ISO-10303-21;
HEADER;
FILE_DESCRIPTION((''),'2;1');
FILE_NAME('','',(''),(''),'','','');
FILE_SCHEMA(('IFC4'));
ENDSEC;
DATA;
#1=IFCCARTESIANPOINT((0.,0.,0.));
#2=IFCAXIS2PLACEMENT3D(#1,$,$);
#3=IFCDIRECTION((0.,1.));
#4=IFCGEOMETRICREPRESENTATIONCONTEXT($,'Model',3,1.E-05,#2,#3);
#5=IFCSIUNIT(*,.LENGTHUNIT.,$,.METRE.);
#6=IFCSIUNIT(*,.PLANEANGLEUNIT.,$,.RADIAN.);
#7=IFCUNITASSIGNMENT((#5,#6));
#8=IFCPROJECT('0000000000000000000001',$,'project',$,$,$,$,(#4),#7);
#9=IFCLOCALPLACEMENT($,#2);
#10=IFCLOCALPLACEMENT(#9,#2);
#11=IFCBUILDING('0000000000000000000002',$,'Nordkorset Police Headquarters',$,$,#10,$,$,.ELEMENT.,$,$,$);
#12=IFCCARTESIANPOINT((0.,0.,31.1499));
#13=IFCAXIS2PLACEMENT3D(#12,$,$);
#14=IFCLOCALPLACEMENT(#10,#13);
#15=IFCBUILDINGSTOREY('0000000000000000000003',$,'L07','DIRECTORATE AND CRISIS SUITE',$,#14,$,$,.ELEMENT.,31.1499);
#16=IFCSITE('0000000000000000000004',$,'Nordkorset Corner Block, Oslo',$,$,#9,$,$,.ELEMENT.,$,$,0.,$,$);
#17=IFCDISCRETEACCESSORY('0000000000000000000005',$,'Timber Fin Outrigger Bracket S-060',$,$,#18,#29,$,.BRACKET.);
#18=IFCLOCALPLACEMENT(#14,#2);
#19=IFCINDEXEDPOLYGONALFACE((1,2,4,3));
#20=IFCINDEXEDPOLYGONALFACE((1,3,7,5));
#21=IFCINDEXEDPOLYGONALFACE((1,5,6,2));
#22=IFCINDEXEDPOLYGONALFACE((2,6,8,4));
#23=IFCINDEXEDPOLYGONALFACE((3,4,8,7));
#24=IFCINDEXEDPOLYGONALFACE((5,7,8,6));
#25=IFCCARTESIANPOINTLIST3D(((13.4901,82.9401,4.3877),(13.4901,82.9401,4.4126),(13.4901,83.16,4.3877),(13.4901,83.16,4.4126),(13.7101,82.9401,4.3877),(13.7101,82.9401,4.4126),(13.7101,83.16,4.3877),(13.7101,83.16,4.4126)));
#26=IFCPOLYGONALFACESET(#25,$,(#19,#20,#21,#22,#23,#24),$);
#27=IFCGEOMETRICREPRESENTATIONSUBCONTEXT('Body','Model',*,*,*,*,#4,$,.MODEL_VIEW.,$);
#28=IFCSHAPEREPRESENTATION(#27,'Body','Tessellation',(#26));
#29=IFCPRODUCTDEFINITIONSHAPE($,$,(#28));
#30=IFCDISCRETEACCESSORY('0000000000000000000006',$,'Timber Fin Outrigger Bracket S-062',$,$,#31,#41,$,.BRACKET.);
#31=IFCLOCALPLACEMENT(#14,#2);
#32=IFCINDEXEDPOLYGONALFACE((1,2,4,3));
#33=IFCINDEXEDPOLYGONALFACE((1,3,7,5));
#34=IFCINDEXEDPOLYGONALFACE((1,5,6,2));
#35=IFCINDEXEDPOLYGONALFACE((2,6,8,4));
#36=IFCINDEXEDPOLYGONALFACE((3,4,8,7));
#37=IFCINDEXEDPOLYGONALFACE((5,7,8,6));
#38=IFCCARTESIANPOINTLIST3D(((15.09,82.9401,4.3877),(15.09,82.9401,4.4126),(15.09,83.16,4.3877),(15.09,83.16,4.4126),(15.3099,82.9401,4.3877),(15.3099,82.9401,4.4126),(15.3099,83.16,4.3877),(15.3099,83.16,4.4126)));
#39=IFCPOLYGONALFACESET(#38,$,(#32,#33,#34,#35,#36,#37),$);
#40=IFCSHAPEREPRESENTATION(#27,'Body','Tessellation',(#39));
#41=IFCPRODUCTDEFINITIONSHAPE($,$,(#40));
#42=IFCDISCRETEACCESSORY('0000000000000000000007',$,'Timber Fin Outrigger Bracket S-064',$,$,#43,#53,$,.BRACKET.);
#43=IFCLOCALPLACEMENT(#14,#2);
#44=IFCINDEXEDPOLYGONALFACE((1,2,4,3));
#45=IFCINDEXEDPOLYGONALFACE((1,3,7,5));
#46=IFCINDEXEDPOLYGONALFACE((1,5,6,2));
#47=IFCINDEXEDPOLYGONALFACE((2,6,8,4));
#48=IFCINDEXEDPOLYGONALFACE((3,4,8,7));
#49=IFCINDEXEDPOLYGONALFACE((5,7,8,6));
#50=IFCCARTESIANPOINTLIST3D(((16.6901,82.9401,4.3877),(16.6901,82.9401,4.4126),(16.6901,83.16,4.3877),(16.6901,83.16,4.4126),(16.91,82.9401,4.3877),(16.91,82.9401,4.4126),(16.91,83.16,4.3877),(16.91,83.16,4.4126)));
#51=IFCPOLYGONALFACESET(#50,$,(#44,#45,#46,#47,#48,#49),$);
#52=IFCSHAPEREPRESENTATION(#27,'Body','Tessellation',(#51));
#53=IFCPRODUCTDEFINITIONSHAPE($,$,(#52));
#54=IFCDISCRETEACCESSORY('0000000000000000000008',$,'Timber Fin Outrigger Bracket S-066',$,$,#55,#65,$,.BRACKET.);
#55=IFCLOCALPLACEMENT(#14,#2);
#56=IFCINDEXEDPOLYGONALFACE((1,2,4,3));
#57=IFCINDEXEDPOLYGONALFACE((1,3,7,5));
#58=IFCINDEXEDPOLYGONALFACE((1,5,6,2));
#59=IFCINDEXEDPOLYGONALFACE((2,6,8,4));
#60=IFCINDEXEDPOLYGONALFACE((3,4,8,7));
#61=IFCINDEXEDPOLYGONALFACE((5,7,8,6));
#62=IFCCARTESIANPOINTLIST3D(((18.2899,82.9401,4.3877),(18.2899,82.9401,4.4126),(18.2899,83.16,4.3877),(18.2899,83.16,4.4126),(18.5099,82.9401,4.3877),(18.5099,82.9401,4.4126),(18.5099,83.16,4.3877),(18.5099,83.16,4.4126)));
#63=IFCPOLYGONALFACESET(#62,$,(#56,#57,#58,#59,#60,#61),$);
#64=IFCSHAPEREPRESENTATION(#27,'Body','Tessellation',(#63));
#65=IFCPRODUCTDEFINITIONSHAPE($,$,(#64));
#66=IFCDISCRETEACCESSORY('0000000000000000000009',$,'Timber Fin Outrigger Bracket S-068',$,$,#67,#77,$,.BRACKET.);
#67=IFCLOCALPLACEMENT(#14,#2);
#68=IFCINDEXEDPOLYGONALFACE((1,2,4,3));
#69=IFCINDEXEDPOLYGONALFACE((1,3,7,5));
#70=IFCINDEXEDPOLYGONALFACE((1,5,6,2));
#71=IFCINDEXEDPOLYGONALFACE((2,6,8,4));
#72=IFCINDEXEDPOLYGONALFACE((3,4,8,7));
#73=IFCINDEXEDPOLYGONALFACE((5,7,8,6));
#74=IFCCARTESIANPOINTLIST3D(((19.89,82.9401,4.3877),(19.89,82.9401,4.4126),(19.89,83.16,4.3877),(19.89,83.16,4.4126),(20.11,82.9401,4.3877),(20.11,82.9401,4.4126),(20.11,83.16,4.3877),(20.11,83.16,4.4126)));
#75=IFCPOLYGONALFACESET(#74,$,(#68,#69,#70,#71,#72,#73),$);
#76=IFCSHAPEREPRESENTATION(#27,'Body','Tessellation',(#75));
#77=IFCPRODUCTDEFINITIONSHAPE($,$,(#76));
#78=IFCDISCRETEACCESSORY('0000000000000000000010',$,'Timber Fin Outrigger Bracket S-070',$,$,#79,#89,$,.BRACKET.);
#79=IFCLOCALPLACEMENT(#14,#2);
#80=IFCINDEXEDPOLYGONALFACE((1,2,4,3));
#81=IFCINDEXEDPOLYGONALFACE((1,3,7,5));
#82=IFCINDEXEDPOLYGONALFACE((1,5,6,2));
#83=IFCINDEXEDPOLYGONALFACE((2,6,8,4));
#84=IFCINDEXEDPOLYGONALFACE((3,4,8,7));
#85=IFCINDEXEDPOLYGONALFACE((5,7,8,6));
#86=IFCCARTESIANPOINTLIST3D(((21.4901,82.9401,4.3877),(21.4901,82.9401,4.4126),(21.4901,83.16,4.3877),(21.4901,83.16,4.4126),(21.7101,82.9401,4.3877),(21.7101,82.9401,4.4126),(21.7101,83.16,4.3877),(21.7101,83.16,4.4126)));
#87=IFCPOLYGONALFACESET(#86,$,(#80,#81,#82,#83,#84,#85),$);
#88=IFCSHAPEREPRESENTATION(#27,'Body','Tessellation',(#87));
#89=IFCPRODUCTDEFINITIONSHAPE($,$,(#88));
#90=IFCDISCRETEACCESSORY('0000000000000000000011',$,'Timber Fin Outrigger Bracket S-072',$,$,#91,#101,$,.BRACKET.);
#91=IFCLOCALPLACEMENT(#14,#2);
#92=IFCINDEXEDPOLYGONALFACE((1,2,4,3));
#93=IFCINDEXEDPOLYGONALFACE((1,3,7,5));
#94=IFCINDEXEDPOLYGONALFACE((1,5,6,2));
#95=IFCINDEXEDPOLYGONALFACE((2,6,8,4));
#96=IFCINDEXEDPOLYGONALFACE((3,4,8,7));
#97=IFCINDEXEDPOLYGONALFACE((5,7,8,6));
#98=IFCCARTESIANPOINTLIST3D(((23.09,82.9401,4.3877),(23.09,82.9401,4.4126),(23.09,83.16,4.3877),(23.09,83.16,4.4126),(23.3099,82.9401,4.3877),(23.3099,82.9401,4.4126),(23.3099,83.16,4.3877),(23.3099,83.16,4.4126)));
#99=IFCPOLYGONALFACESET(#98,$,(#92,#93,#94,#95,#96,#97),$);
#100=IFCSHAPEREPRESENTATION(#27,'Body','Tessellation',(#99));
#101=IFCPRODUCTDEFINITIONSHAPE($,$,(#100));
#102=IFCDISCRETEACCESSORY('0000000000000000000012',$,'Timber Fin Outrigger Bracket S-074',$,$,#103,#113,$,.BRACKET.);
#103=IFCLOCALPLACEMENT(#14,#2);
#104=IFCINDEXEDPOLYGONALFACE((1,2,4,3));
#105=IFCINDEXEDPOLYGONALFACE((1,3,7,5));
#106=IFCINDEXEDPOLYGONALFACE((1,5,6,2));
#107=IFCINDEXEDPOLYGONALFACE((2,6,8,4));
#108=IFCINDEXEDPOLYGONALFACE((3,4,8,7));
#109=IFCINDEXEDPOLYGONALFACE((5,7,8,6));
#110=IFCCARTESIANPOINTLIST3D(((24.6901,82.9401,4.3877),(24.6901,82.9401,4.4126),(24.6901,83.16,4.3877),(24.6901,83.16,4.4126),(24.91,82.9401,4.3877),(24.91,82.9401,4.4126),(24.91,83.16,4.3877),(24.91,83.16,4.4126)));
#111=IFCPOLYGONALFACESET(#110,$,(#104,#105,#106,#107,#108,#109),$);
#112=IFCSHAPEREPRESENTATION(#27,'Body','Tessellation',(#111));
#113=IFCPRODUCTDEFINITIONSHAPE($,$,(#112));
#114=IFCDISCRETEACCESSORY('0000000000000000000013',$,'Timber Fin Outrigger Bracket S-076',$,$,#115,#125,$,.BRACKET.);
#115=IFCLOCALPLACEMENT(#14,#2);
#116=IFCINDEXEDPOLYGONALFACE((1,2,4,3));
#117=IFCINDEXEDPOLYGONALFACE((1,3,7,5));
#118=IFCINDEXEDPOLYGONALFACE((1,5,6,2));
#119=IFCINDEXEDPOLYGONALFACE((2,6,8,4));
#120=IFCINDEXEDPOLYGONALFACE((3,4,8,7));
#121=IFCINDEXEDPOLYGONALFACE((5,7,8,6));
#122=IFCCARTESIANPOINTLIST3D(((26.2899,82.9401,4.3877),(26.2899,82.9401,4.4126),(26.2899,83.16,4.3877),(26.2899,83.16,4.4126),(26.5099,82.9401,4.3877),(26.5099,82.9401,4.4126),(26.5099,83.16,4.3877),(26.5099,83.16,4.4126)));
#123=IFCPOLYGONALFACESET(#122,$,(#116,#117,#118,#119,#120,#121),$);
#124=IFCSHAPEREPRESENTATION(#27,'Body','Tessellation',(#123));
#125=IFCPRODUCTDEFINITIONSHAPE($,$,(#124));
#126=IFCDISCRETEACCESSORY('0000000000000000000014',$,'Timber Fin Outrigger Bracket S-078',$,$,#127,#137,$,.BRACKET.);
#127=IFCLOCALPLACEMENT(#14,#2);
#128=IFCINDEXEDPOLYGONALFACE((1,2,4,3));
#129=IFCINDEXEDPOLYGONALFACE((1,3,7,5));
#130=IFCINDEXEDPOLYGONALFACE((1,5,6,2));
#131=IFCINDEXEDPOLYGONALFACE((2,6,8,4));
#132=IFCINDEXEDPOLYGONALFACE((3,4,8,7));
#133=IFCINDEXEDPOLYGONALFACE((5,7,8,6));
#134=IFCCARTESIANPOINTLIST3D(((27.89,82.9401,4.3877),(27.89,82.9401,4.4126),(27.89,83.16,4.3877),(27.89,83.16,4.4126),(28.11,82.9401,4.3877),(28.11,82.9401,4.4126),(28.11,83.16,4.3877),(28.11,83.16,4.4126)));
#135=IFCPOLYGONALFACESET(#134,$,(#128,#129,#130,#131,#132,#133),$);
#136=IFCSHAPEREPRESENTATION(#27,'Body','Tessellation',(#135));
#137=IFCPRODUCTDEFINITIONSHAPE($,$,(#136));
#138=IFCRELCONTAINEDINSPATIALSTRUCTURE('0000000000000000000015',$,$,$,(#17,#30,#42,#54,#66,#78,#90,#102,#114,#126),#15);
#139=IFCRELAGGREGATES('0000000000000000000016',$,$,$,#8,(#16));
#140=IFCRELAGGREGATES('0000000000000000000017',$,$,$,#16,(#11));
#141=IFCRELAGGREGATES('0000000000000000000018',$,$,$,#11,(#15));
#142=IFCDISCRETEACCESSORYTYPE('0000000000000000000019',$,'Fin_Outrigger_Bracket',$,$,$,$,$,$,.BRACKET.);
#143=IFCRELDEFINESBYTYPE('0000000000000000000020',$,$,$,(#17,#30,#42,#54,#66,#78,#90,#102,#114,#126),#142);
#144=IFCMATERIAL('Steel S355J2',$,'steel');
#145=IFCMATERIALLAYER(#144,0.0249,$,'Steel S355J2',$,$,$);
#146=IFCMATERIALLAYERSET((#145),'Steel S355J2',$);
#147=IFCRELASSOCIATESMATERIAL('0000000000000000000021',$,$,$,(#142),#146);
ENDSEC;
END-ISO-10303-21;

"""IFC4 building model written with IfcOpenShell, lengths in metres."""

from ifc_helpers import new_model, si_unit, direction, frame, origin, origin_2d, place, context, subcontext, project, spatial, rectangle, extrude, material, layer, layer_set, type_object, element, save


model = new_model("IFC4")

# Units and contexts
model_context = context("Model", 3, precision=1e-05, world=origin(), true_north=direction((0.0, 1.0)))
body_context = subcontext(model_context, "Body", "Model", "MODEL_VIEW")
ifc_project = project(units=[si_unit("LENGTHUNIT", "METRE"), si_unit("PLANEANGLEUNIT", "RADIAN")], contexts=[model_context])

# Site, building, storey
site_placement = place(None, origin())
site = spatial("IfcSite", under=ifc_project, at=site_placement, Name="Nordkorset Corner Block, Oslo", CompositionType="ELEMENT", RefElevation=0.0)
building_placement = place(site_placement, origin())
building = spatial("IfcBuilding", under=site, at=building_placement, Name="Nordkorset Police Headquarters", CompositionType="ELEMENT")
storey_placement = place(building_placement, frame((0.0, 0.0, 31.1499)))
storey = spatial("IfcBuildingStorey", under=building, at=storey_placement, Name="L07", Description="DIRECTORATE AND CRISIS SUITE", CompositionType="ELEMENT", Elevation=31.1499)

# Discrete accessories
ifc_material_1 = material(Name="Steel S355J2", Category="steel")
ifc_layer_1 = layer(ifc_material_1, 0.0249, Name="Steel S355J2")
ifc_layer_set_1 = layer_set([ifc_layer_1], Name="Steel S355J2")
discrete_accessory_type = type_object("IfcDiscreteAccessoryType", Name="Fin_Outrigger_Bracket", PredefinedType="BRACKET", material=ifc_layer_set_1)
for number, where, z_axis, x_axis, name in (
    (1, (13.6001, 83.05, 4.3877), (0.0, 0.0, 1.0), (1.0, 0.0, 0.0), "Timber Fin Outrigger Bracket S-060"),
    (2, (15.2, 83.05, 4.3877), (0.0, 0.0, 1.0), (1.0, 0.0, 0.0), "Timber Fin Outrigger Bracket S-062"),
    (3, (16.8, 83.05, 4.3877), (0.0, 0.0, 1.0), (1.0, 0.0, 0.0), "Timber Fin Outrigger Bracket S-064"),
    (4, (18.3999, 83.05, 4.3877), (0.0, 0.0, 1.0), (1.0, 0.0, 0.0), "Timber Fin Outrigger Bracket S-066"),
    (5, (20.0, 83.05, 4.3877), (0.0, 0.0, 1.0), (1.0, 0.0, 0.0), "Timber Fin Outrigger Bracket S-068"),
    (6, (21.6001, 83.05, 4.3877), (0.0, 0.0, 1.0), (1.0, 0.0, 0.0), "Timber Fin Outrigger Bracket S-070"),
    (7, (23.2, 83.05, 4.3877), (0.0, 0.0, 1.0), (1.0, 0.0, 0.0), "Timber Fin Outrigger Bracket S-072"),
    (8, (24.8, 83.05, 4.3877), (0.0, 0.0, 1.0), (1.0, 0.0, 0.0), "Timber Fin Outrigger Bracket S-074"),
    (9, (26.3999, 83.05, 4.3877), (0.0, 0.0, 1.0), (1.0, 0.0, 0.0), "Timber Fin Outrigger Bracket S-076"),
    (10, (28.0, 83.05, 4.3877), (0.0, 0.0, 1.0), (1.0, 0.0, 0.0), "Timber Fin Outrigger Bracket S-078"),
):
    element("IfcDiscreteAccessory", number, at=place(storey_placement, frame(where, z_axis=z_axis, x_axis=x_axis)), inside=storey, type_object=discrete_accessory_type, Name=name, PredefinedType="BRACKET", context=body_context, shape_type="SweptSolid", body=[
        extrude(rectangle(XDim=0.22, YDim=0.22, at=origin_2d()), origin(), (0.0, 0.0, 1.0), 0.0249),
    ])

save(model, "model.ifc")
